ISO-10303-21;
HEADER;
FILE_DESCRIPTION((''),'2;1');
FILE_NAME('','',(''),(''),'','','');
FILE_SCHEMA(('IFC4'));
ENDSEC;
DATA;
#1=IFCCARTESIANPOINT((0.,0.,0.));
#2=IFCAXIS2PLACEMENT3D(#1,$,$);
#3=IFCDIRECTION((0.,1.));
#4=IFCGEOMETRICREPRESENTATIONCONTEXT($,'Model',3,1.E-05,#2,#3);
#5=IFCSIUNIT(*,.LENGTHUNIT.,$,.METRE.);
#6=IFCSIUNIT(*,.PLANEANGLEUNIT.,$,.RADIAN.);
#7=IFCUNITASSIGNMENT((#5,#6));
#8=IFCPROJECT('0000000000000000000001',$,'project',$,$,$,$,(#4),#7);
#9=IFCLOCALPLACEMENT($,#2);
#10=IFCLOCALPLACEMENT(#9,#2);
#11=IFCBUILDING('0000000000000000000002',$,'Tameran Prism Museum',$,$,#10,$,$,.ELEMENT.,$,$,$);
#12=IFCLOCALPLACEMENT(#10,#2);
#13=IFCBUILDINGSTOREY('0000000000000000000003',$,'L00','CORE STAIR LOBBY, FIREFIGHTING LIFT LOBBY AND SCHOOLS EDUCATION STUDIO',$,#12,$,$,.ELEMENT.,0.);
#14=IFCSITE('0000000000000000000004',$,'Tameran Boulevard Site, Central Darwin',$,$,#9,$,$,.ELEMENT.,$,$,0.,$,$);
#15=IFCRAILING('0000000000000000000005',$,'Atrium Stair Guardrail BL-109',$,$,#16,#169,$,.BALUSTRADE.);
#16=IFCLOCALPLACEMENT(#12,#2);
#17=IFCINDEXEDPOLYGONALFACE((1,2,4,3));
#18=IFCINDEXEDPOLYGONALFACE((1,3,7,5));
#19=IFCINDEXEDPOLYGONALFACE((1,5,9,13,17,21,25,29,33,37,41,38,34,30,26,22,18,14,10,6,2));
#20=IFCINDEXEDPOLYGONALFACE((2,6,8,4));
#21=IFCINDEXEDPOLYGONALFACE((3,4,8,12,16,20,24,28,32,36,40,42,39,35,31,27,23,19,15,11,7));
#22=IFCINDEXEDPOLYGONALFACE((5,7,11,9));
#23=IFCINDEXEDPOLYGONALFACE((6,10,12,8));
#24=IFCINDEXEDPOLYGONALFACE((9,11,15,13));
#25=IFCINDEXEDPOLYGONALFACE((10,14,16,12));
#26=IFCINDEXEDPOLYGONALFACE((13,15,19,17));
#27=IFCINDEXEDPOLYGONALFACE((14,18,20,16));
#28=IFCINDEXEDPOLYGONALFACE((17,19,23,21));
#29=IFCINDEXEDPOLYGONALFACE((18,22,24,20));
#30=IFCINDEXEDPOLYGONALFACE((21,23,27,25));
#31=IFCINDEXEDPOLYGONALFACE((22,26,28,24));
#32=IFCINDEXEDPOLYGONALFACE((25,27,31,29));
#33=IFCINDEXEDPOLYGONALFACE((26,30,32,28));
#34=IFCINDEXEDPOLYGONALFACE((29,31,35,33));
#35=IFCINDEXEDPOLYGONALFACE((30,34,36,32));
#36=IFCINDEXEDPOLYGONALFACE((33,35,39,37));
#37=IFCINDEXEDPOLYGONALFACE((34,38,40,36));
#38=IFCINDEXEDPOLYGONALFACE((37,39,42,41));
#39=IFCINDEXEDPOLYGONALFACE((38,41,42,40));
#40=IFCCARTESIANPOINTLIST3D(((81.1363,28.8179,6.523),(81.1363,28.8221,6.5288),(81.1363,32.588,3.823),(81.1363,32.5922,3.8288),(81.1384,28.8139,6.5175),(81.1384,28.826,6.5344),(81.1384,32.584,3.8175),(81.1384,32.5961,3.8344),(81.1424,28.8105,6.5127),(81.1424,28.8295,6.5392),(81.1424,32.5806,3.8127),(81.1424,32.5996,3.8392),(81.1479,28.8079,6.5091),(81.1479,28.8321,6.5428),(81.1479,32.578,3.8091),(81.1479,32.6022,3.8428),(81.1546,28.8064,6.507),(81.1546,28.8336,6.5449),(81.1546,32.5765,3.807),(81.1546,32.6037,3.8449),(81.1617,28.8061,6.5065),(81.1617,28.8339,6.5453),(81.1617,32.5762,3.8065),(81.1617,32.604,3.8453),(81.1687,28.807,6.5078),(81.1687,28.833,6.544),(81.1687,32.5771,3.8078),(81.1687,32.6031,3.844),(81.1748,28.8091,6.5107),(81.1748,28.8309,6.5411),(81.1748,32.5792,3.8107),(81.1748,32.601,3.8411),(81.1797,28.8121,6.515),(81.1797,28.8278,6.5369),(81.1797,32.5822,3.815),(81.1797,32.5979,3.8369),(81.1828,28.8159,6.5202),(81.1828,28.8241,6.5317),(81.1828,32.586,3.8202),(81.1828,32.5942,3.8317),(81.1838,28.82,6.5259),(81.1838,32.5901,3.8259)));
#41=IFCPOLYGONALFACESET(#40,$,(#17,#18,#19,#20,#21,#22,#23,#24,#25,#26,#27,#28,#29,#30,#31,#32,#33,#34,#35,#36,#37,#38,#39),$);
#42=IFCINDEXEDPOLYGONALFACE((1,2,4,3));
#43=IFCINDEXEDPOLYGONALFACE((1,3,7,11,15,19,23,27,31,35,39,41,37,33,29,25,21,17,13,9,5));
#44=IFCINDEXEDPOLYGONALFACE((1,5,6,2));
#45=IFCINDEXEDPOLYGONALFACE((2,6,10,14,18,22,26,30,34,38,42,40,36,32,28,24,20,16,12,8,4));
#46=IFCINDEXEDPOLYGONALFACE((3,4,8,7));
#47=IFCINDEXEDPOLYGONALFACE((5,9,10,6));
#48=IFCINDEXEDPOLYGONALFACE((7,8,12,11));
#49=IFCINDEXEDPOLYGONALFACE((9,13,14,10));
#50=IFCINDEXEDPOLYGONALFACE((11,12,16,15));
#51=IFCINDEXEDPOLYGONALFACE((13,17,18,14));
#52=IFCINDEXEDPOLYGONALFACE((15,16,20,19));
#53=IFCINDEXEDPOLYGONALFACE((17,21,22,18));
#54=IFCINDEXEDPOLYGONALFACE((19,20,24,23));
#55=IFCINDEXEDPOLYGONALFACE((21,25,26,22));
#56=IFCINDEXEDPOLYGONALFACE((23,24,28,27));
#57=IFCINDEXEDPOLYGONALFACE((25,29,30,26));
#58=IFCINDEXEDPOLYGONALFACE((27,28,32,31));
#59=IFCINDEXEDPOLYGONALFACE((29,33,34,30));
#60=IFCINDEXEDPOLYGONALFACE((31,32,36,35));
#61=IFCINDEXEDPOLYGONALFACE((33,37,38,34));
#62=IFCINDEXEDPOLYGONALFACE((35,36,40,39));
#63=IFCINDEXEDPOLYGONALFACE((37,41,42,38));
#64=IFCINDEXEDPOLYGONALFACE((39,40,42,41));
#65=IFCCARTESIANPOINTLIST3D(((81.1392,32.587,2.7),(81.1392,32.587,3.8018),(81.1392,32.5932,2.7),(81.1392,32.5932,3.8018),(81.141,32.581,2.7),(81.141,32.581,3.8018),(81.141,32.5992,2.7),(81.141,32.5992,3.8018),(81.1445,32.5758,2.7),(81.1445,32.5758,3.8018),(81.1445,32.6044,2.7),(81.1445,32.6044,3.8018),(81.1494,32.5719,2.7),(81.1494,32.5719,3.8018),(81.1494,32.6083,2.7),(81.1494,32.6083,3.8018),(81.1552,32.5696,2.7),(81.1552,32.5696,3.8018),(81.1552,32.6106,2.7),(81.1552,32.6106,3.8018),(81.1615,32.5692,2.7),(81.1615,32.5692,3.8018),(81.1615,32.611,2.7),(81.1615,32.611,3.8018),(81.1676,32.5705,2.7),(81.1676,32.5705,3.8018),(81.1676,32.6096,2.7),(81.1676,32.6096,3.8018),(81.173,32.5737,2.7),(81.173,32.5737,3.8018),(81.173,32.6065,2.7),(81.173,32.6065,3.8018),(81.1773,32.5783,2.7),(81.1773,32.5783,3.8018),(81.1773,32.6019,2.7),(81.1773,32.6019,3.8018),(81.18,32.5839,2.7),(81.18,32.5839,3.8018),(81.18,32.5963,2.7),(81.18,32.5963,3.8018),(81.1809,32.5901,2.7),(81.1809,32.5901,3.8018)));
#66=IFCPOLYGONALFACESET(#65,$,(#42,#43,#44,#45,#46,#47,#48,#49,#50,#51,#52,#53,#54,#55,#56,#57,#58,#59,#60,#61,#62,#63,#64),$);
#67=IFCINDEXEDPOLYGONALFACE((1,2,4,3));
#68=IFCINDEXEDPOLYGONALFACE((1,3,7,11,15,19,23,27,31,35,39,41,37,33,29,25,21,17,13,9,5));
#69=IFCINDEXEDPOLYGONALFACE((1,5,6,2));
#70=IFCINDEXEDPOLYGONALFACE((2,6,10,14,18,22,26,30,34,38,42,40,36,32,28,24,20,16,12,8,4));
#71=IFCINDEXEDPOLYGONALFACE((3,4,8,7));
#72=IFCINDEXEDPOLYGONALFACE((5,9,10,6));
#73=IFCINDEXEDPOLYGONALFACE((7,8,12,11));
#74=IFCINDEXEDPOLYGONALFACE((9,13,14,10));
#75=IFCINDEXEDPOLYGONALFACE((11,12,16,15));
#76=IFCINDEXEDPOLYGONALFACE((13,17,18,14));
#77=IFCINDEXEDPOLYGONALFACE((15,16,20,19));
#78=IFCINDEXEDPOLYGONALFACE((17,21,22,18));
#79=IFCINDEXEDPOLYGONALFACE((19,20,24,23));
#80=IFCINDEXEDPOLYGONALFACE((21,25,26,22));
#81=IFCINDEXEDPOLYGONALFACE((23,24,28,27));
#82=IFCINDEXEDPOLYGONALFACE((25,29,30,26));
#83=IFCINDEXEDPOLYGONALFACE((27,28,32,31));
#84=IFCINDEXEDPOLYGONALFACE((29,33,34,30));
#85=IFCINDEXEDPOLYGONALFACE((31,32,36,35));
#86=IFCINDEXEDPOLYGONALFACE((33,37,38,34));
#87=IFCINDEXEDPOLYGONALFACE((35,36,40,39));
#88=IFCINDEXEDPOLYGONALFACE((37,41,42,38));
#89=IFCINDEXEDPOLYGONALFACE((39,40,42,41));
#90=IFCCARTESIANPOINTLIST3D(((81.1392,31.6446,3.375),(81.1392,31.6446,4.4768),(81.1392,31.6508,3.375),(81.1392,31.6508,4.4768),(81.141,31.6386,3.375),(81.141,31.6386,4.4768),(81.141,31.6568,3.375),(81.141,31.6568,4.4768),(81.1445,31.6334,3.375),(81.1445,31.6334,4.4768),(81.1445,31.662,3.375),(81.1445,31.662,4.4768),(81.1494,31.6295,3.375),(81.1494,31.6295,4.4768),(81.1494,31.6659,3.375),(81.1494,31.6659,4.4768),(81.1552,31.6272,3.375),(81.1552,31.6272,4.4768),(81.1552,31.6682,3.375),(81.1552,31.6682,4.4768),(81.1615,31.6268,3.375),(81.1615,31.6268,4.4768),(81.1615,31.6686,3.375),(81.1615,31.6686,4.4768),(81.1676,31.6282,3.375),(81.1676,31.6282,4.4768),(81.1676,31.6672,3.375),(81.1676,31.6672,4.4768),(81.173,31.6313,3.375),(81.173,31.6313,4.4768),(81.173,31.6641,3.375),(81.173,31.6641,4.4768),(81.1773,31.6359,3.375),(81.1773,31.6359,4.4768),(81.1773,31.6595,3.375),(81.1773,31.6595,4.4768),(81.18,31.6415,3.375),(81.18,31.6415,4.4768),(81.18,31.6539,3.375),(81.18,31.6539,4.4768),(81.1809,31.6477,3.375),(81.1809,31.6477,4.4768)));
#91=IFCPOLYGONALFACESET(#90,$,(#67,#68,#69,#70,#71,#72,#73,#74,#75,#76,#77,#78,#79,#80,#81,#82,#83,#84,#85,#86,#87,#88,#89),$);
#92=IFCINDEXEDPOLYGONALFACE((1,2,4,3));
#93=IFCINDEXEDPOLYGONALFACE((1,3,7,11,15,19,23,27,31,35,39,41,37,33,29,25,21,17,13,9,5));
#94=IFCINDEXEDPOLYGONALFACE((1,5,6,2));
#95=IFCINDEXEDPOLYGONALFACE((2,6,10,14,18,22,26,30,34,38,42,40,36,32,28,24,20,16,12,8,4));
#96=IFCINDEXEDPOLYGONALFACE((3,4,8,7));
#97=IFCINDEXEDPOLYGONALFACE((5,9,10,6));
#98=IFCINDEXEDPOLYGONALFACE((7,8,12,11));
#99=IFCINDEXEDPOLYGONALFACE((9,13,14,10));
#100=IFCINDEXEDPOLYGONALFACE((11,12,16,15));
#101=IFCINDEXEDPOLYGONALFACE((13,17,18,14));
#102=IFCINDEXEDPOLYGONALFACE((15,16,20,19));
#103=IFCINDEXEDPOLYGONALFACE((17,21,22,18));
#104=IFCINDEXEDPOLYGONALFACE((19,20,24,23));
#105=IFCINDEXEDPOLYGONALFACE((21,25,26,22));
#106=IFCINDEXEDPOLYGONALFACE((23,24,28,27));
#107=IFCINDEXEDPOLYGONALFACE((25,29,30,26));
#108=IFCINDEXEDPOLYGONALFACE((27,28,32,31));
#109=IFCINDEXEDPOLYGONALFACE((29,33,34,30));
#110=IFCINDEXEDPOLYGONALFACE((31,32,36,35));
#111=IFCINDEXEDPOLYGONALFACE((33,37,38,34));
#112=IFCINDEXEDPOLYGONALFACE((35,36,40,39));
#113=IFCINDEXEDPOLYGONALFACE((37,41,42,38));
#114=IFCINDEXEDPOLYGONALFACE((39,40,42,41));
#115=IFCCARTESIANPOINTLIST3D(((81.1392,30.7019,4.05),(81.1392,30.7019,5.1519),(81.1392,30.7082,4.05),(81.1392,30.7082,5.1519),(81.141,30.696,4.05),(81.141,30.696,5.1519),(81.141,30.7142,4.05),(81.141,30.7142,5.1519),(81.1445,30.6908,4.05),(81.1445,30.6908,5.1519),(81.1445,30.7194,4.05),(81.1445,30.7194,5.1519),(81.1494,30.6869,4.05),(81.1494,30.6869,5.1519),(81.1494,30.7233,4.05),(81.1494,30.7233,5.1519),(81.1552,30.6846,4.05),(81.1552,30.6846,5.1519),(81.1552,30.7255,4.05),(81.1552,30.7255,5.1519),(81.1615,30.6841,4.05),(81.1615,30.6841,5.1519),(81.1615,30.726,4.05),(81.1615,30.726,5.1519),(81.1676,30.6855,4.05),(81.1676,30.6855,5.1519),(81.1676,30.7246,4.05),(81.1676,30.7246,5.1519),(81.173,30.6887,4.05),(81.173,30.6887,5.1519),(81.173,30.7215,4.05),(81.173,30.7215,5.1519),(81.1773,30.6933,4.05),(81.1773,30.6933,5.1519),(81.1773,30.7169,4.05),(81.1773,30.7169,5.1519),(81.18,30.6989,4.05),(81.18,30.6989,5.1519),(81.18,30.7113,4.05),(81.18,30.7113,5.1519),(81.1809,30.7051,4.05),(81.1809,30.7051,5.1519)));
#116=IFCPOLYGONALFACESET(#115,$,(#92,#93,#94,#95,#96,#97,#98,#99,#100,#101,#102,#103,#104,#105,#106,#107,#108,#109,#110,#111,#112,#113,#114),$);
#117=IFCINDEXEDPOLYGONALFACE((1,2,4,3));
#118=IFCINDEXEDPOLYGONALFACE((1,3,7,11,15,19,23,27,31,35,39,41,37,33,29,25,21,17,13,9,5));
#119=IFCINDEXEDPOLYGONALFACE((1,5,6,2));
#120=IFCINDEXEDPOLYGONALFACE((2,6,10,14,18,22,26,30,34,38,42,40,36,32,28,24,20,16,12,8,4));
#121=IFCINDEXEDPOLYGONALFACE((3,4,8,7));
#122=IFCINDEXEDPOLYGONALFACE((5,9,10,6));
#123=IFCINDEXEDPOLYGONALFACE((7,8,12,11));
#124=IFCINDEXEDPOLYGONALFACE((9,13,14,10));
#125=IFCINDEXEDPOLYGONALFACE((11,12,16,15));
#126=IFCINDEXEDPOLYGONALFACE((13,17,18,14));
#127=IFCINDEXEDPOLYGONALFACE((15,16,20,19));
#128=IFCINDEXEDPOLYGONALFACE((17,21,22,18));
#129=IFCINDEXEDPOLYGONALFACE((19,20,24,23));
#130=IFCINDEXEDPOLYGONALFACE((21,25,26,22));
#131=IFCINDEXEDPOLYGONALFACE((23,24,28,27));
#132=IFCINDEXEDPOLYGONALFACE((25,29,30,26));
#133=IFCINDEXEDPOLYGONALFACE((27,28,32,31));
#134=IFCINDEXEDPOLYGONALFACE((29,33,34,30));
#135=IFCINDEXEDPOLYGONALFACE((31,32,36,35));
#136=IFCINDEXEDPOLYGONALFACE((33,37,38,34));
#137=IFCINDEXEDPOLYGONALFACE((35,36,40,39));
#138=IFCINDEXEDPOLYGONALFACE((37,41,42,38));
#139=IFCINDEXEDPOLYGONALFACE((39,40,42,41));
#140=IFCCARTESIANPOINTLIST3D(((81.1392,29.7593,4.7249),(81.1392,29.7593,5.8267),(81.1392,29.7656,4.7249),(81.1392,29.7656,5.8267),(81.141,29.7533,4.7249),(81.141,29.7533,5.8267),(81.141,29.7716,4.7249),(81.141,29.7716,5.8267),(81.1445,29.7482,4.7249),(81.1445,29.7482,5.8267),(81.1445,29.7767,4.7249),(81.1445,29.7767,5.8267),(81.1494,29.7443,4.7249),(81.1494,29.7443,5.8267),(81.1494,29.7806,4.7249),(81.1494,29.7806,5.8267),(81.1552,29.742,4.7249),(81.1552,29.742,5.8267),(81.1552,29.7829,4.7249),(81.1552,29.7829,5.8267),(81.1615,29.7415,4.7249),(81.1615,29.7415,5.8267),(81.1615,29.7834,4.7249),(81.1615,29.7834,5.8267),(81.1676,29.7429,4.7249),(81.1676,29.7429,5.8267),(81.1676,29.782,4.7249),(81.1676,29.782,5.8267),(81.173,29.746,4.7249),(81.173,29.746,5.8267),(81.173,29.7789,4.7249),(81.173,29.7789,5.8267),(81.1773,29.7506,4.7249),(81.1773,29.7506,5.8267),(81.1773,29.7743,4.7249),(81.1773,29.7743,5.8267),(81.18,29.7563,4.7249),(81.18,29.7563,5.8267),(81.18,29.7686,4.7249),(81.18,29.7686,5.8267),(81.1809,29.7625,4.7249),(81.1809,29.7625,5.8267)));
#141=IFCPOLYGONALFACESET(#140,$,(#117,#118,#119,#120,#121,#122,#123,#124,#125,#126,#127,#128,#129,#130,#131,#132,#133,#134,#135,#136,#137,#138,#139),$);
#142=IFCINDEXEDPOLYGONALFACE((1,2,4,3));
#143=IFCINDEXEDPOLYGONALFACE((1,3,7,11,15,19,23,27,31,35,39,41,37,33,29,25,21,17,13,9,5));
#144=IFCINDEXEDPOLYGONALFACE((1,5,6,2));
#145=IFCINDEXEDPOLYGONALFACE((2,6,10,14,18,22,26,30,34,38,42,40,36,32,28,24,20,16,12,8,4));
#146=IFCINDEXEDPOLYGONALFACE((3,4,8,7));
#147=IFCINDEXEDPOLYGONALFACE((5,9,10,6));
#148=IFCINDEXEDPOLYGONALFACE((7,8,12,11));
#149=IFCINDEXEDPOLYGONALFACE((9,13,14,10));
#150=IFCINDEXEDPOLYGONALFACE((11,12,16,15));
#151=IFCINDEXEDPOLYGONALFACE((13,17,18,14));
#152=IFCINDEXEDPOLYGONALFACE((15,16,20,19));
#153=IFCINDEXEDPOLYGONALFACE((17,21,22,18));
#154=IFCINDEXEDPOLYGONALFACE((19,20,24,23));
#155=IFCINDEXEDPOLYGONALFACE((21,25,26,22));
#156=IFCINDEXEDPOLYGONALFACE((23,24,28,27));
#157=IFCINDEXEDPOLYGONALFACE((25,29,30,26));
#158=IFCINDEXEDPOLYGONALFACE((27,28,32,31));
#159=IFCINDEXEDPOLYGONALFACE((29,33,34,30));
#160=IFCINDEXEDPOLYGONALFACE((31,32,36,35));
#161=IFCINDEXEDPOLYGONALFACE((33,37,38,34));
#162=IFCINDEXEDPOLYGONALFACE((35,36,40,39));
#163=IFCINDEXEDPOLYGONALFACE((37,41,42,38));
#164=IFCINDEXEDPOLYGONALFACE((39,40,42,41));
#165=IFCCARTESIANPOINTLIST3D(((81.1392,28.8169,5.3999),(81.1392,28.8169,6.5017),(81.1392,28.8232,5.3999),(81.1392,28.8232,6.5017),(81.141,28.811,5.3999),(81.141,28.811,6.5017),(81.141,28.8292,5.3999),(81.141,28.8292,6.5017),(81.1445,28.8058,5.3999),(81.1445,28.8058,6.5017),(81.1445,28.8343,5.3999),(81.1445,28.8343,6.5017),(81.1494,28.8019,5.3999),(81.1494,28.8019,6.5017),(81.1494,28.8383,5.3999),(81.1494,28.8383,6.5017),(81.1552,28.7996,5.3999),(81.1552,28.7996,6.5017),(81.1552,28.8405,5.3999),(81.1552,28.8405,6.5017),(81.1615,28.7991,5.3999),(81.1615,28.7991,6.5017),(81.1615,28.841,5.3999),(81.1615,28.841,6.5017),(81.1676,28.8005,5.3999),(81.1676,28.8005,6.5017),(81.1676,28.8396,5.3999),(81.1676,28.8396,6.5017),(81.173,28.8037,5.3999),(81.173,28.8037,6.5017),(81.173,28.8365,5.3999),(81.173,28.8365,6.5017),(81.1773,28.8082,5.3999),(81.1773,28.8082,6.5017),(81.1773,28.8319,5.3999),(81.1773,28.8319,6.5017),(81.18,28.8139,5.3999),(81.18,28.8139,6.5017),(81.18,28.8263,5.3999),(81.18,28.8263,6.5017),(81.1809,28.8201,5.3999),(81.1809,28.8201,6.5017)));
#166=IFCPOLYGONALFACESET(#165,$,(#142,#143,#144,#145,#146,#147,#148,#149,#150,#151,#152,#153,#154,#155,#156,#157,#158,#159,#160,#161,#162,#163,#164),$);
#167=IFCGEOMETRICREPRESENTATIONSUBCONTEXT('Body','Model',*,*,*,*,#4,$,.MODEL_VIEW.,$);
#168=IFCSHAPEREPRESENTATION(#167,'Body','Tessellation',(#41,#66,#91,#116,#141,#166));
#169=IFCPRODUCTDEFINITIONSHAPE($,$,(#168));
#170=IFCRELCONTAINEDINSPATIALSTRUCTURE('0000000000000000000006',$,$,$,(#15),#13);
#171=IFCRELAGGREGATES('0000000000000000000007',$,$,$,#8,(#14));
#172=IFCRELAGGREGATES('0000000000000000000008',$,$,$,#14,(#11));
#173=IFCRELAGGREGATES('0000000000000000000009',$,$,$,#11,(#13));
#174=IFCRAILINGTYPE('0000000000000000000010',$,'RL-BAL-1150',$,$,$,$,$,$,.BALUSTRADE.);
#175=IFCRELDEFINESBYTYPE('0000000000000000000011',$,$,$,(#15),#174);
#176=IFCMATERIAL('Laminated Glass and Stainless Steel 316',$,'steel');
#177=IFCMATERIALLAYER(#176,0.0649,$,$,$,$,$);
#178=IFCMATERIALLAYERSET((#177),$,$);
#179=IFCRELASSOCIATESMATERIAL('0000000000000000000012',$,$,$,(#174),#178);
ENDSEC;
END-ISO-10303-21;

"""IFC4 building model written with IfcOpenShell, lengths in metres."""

from ifc_helpers import new_model, si_unit, direction, frame, origin, origin_2d, place, context, subcontext, project, spatial, circle, extrude, material, layer, layer_set, type_object, element, save


model = new_model("IFC4")

# Units and contexts
model_context = context("Model", 3, precision=1e-05, world=origin(), true_north=direction((0.0, 1.0)))
body_context = subcontext(model_context, "Body", "Model", "MODEL_VIEW")
ifc_project = project(units=[si_unit("LENGTHUNIT", "METRE"), si_unit("PLANEANGLEUNIT", "RADIAN")], contexts=[model_context])

# Site, building, storey
site_placement = place(None, origin())
site = spatial("IfcSite", under=ifc_project, at=site_placement, Name="Tameran Boulevard Site, Central Darwin", CompositionType="ELEMENT", RefElevation=0.0)
building_placement = place(site_placement, origin())
building = spatial("IfcBuilding", under=site, at=building_placement, Name="Tameran Prism Museum", CompositionType="ELEMENT")
storey_placement = place(building_placement, origin())
storey = spatial("IfcBuildingStorey", under=building, at=storey_placement, Name="L00", Description="CORE STAIR LOBBY, FIREFIGHTING LIFT LOBBY AND SCHOOLS EDUCATION STUDIO", CompositionType="ELEMENT", Elevation=0.0)

# Railing
ifc_material_1 = material(Name="Laminated Glass and Stainless Steel 316", Category="steel")
ifc_layer_1 = layer(ifc_material_1, 0.0649)
ifc_layer_set_1 = layer_set([ifc_layer_1])
railing_type = type_object("IfcRailingType", Name="RL-BAL-1150", PredefinedType="BALUSTRADE", material=ifc_layer_set_1)
for number, where, name in (
    (1, (81.1599, 32.5901, 2.7), "Atrium Stair Guardrail BL-109"),
):
    element("IfcRailing", number, at=place(storey_placement, frame(where)), inside=storey, type_object=railing_type, Name=name, PredefinedType="BALUSTRADE", context=body_context, shape_type="SweptSolid", body=[
        extrude(circle(Radius=0.0239, at=origin_2d()), frame((0.0, 0.0, 1.126), z_axis=(0.0, -0.813011, 0.582249), x_axis=(1.0, 0.0, 0.0)), (0.0, 0.0, 1.0), 4.6372),
        extrude(circle(Radius=0.021, at=origin_2d()), origin(), (0.0, 0.0, 1.0), 1.1018),
        extrude(circle(Radius=0.021, at=origin_2d()), frame((0.0, -0.9424, 0.675)), (0.0, 0.0, 1.0), 1.1018),
        extrude(circle(Radius=0.021, at=origin_2d()), frame((0.0, -1.885, 1.3501)), (0.0, 0.0, 1.0), 1.1018),
        extrude(circle(Radius=0.021, at=origin_2d()), frame((0.0, -2.8276, 2.0249)), (0.0, 0.0, 1.0), 1.1018),
        extrude(circle(Radius=0.021, at=origin_2d()), frame((0.0, -3.77, 2.7)), (0.0, 0.0, 1.0), 1.1018),
    ])

save(model, "model.ifc")
